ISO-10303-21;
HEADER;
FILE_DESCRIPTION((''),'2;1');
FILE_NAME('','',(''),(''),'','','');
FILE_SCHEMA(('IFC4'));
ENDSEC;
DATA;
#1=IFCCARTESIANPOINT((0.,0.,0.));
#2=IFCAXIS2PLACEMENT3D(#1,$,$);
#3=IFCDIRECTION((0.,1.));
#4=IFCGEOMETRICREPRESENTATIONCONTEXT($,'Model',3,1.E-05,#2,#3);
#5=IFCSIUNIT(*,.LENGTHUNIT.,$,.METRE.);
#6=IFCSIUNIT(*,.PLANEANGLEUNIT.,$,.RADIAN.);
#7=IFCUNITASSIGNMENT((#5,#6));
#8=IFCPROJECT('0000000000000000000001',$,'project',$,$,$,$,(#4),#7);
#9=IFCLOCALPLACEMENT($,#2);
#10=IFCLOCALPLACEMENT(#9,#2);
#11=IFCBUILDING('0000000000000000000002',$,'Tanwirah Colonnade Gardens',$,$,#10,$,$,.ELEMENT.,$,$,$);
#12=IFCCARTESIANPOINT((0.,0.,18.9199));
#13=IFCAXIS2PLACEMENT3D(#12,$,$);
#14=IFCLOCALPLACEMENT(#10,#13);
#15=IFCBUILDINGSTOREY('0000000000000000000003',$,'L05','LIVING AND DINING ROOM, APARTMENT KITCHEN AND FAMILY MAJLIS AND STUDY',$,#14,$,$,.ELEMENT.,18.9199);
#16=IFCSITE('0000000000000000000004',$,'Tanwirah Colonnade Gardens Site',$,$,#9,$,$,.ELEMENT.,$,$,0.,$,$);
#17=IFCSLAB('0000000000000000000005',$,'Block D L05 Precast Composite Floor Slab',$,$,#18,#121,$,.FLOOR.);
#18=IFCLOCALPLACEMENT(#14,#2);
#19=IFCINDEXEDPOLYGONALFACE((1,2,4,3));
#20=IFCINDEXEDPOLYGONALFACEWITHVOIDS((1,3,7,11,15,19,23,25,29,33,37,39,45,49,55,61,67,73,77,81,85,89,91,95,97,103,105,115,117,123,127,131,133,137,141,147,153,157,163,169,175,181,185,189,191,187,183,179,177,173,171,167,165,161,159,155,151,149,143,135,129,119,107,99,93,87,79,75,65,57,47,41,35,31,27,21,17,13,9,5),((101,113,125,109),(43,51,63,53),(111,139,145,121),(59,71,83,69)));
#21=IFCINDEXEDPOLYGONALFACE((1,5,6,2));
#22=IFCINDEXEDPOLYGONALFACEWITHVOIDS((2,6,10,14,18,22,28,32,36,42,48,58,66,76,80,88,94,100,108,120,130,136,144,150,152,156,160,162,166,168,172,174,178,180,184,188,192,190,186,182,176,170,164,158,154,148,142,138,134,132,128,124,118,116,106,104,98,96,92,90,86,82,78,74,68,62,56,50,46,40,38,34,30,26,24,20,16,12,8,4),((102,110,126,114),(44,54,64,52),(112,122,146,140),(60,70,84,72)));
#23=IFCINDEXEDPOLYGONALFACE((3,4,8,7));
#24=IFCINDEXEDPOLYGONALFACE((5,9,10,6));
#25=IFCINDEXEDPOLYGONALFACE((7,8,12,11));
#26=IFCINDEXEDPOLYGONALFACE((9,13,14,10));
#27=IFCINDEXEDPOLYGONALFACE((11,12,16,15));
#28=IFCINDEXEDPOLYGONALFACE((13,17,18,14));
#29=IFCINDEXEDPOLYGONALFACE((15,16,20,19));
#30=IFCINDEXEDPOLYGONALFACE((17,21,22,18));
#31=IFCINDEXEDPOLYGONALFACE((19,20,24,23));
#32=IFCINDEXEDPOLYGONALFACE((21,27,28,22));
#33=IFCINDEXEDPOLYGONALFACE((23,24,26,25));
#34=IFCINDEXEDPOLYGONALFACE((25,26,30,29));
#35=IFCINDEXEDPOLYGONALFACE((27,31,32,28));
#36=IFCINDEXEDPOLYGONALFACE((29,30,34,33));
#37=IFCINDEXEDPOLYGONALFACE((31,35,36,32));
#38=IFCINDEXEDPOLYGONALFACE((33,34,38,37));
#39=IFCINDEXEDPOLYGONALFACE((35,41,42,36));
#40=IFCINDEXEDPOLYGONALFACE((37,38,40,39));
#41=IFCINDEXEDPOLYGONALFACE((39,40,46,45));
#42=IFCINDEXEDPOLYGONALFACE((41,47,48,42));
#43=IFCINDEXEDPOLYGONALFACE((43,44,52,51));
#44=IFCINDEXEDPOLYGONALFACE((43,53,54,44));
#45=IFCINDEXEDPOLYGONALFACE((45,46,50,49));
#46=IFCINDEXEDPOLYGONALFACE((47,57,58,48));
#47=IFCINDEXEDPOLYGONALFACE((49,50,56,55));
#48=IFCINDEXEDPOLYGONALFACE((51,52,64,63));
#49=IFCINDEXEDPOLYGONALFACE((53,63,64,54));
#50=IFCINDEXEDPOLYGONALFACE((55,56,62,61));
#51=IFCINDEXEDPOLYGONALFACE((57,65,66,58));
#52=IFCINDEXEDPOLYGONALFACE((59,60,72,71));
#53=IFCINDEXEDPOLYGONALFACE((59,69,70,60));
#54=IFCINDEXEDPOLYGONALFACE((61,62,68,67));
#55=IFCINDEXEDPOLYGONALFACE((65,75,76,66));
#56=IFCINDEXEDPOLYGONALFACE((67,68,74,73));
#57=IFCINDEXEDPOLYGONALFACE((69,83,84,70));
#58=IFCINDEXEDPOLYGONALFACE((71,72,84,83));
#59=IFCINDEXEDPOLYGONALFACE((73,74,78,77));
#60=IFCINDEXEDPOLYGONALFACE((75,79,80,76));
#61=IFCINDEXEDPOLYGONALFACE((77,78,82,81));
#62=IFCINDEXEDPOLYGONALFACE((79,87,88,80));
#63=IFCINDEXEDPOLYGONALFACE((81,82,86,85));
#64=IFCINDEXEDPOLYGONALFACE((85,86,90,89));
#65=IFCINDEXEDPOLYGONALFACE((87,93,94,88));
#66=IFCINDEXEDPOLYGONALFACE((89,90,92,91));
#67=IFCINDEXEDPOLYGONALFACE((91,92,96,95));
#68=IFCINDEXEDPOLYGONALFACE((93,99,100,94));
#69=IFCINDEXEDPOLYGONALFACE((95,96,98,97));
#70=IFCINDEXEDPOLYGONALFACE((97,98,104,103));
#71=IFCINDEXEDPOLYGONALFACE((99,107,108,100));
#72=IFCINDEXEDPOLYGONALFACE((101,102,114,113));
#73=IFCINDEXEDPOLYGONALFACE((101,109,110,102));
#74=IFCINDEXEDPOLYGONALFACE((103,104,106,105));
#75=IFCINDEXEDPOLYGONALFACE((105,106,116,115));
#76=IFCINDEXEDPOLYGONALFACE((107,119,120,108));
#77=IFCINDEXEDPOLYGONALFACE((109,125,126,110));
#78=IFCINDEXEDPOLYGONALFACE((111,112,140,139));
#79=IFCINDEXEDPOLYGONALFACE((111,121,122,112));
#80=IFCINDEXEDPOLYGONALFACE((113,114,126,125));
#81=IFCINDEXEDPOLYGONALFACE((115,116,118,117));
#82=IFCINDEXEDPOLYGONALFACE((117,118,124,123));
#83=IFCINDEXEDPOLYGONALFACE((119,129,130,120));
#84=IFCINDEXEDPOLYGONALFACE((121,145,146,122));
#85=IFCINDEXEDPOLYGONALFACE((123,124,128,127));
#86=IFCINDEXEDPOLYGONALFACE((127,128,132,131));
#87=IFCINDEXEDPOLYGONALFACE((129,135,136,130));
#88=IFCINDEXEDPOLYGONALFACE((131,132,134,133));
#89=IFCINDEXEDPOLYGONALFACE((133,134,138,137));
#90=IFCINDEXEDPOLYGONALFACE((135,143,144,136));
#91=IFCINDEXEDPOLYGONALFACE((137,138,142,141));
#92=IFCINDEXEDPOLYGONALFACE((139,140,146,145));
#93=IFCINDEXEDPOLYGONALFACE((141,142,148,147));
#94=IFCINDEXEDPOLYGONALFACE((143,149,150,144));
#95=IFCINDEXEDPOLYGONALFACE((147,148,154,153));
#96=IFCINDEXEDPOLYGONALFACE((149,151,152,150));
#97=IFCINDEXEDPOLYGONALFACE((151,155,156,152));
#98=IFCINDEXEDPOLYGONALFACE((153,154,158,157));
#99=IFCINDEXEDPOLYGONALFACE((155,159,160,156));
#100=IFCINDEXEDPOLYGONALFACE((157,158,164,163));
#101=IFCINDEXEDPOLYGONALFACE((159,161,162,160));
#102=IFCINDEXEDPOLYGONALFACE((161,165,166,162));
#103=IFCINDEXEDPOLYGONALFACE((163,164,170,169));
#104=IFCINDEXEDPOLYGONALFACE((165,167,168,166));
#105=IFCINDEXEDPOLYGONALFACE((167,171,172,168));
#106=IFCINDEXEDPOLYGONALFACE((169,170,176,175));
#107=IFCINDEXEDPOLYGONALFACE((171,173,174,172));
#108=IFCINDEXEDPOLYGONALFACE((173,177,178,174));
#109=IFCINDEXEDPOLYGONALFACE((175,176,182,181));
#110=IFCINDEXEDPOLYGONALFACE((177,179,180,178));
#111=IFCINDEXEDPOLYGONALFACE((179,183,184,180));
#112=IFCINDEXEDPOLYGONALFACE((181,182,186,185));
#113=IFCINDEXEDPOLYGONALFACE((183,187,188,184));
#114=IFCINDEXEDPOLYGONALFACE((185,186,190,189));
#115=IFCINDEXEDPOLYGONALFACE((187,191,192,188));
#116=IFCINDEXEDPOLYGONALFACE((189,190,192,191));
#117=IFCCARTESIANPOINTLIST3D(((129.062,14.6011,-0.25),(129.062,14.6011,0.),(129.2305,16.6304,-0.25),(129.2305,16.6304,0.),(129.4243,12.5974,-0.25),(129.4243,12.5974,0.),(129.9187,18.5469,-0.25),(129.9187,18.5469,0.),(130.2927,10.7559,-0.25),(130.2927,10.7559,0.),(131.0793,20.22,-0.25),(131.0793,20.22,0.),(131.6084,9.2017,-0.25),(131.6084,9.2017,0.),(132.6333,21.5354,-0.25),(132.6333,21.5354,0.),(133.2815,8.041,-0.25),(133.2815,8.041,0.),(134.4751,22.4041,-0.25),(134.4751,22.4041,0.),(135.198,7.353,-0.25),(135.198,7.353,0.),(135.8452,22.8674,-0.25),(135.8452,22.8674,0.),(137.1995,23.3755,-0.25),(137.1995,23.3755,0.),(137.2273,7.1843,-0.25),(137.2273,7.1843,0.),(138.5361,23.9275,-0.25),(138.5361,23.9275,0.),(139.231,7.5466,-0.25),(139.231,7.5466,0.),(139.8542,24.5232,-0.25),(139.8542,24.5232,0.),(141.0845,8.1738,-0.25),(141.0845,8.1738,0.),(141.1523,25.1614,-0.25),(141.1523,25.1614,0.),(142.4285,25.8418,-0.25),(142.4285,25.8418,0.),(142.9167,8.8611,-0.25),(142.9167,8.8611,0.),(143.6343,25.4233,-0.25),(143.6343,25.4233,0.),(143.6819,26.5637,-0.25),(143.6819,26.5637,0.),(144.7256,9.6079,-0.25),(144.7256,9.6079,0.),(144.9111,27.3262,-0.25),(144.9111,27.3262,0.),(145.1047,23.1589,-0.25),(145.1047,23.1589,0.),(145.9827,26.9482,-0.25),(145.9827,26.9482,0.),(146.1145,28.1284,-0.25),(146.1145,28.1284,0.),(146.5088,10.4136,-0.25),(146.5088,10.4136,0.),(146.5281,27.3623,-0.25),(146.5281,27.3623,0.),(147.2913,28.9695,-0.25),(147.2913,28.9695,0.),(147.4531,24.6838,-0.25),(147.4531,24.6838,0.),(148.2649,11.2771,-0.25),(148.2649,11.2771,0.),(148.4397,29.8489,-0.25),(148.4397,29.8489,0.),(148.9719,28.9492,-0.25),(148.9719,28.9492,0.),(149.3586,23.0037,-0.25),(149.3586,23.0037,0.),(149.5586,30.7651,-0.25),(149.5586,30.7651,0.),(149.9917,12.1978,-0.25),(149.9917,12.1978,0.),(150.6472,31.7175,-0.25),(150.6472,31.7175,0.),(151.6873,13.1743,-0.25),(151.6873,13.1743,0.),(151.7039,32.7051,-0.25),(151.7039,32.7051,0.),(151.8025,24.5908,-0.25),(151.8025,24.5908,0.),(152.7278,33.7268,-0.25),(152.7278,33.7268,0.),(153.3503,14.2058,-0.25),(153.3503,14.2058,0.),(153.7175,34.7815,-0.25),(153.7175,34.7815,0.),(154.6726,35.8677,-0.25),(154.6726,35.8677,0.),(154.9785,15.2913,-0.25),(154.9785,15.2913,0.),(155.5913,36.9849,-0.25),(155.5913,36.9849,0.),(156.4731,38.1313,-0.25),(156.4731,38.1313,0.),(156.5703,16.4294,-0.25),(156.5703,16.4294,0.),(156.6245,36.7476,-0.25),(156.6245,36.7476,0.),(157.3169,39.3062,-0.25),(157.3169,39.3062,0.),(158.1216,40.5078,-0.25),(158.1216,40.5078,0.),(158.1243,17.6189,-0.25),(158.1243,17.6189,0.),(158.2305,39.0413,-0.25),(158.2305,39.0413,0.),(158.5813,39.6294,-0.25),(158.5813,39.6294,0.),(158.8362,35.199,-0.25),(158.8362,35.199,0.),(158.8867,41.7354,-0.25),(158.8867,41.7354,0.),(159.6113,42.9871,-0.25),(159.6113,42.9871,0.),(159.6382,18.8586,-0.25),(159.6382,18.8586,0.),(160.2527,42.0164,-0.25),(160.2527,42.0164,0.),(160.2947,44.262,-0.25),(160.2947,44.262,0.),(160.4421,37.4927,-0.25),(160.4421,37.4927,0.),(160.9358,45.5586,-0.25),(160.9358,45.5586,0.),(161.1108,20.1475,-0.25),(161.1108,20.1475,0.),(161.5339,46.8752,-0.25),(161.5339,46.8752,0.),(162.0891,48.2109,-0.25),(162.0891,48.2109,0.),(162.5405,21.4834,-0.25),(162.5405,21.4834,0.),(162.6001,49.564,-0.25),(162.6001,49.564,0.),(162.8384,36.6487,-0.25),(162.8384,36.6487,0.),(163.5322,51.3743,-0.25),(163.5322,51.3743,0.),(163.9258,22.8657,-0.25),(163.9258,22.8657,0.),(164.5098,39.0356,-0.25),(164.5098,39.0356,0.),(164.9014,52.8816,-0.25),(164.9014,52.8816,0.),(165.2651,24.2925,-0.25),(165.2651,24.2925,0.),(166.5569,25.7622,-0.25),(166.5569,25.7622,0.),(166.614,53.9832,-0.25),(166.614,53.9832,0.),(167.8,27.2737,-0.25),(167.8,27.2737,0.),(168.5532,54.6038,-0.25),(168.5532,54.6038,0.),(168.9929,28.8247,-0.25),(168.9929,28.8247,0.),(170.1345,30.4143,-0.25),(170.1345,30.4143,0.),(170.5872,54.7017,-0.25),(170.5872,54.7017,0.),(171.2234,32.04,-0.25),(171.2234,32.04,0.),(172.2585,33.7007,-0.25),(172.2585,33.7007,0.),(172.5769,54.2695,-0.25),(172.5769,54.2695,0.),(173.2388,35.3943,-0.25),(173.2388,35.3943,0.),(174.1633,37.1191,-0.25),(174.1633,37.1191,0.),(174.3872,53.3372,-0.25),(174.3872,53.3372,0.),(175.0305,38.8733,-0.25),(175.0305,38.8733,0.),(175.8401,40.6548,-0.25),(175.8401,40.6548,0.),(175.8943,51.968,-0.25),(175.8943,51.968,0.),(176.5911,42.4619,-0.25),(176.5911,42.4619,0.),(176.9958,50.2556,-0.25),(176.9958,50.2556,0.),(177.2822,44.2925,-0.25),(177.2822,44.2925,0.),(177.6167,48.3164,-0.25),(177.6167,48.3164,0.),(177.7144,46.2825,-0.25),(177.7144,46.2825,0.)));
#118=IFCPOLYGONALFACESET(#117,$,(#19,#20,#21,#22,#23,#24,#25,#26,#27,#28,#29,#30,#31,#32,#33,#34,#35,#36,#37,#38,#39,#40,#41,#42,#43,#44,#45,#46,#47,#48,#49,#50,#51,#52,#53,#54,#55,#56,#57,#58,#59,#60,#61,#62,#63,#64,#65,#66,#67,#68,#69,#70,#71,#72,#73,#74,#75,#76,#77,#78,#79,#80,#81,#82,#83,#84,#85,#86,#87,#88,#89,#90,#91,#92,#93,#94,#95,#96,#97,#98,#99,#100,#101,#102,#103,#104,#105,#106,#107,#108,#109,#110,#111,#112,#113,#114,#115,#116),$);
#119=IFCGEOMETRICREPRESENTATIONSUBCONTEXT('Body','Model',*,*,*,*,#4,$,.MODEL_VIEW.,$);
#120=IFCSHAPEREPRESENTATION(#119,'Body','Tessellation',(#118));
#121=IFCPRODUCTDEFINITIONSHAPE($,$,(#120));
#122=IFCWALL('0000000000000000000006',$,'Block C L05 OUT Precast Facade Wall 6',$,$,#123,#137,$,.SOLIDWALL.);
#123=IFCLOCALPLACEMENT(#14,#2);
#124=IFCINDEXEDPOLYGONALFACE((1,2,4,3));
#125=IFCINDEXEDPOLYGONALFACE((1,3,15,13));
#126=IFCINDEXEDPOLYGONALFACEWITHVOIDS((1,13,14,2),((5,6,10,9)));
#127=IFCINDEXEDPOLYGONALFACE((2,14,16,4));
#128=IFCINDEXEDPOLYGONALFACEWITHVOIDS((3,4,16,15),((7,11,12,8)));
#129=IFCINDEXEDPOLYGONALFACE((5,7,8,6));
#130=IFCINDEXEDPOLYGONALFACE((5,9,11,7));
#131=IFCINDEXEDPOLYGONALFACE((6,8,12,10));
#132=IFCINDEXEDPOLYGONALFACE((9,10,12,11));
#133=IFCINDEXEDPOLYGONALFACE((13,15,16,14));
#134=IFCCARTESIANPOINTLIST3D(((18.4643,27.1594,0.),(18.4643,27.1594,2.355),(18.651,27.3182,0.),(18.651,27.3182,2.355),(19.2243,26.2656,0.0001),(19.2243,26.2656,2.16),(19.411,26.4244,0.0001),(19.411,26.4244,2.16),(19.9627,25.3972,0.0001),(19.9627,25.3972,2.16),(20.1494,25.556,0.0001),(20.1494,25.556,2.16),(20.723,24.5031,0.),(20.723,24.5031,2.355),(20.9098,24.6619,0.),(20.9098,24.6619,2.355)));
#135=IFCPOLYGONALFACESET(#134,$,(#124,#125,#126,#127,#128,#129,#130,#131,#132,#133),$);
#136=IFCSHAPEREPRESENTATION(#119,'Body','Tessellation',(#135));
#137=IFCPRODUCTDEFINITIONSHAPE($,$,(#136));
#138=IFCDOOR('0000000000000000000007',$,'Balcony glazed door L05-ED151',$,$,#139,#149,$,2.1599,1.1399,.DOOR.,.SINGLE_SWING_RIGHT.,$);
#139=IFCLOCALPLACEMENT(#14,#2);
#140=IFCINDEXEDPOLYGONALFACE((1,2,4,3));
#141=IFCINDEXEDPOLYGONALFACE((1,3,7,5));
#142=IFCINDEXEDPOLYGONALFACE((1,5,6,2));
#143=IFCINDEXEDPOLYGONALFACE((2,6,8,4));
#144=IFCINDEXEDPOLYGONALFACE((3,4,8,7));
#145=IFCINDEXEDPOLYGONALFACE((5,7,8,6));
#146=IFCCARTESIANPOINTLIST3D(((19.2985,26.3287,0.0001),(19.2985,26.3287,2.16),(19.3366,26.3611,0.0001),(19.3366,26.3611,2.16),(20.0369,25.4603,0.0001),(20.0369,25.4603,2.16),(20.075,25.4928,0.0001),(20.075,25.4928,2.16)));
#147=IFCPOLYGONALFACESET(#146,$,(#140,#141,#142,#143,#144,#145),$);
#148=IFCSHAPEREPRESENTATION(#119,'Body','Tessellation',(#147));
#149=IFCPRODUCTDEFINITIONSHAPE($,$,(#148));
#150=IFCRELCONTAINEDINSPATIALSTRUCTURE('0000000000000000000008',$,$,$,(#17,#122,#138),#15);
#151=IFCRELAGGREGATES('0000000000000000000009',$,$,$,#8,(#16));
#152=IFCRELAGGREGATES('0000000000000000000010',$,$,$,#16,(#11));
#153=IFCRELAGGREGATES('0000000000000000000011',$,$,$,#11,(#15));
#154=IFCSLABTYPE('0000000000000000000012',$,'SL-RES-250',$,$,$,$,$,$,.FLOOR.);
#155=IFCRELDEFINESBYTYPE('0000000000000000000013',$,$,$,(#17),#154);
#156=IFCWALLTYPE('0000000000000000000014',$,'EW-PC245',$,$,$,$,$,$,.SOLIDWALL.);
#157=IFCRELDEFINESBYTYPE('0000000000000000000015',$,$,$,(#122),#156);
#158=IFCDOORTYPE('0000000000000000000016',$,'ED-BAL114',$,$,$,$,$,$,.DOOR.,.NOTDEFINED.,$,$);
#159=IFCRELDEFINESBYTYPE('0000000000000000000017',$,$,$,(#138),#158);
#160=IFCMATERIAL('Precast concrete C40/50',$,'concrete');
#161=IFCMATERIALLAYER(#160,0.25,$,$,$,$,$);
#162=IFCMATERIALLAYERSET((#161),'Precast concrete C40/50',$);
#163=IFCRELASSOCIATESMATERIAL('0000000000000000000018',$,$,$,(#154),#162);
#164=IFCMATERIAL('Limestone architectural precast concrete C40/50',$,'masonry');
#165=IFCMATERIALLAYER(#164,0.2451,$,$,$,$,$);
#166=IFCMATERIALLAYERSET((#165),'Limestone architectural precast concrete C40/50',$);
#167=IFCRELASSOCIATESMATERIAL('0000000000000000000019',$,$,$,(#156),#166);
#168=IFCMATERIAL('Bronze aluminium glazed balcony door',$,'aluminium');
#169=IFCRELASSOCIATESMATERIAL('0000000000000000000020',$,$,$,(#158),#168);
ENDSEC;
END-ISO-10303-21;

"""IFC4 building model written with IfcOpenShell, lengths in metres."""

from ifc_helpers import new_model, si_unit, direction, frame, frame_2d, origin, place, context, subcontext, project, spatial, polyline, rectangle, outline, extrude, material, layer, layer_set, type_object, element, fill, save


model = new_model("IFC4")

# Units and contexts
model_context = context("Model", 3, precision=1e-05, world=origin(), true_north=direction((0.0, 1.0)))
body_context = subcontext(model_context, "Body", "Model", "MODEL_VIEW")
ifc_project = project(units=[si_unit("LENGTHUNIT", "METRE"), si_unit("PLANEANGLEUNIT", "RADIAN")], contexts=[model_context])

# Site, building, storey
site_placement = place(None, origin())
site = spatial("IfcSite", under=ifc_project, at=site_placement, Name="Tanwirah Colonnade Gardens Site", CompositionType="ELEMENT", RefElevation=0.0)
building_placement = place(site_placement, origin())
building = spatial("IfcBuilding", under=site, at=building_placement, Name="Tanwirah Colonnade Gardens", CompositionType="ELEMENT")
storey_placement = place(building_placement, frame((0.0, 0.0, 18.9199)))
storey = spatial("IfcBuildingStorey", under=building, at=storey_placement, Name="L05", Description="LIVING AND DINING ROOM, APARTMENT KITCHEN AND FAMILY MAJLIS AND STUDY", CompositionType="ELEMENT", Elevation=18.9199)

# Shared definitions
ifc_material_1 = material(Name="Precast concrete C40/50", Category="concrete")

# Slab
ifc_layer_1 = layer(ifc_material_1, 0.25)
ifc_layer_set_1 = layer_set([ifc_layer_1], Name="Precast concrete C40/50")
slab_type_1 = type_object("IfcSlabType", Name="SL-RES-250", PredefinedType="FLOOR", material=ifc_layer_set_1)
slab_1_placement = place(storey_placement, frame((0.0, 0.0, -0.25)))
element("IfcSlab", 1, at=slab_1_placement, inside=storey, type_object=slab_type_1, Name="Block D L05 Precast Composite Floor Slab", PredefinedType="FLOOR", context=body_context, shape_type="SweptSolid", body=[
    extrude(outline(polyline([(137.1995, 23.3755), (135.8452, 22.8674), (134.4751, 22.4041), (132.6333, 21.5354), (131.0793, 20.22), (129.9187, 18.5469), (129.2305, 16.6304), (129.062, 14.6011), (129.4243, 12.5974), (130.2927, 10.7559), (131.6084, 9.2017), (133.2815, 8.041), (135.198, 7.353), (137.2273, 7.1843), (139.231, 7.5466), (141.0845, 8.1738), (142.9167, 8.8611), (144.7256, 9.6079), (146.5088, 10.4136), (148.2649, 11.2771), (149.9917, 12.1978), (151.6873, 13.1743), (153.3503, 14.2058), (154.9785, 15.2913), (156.5703, 16.4294), (158.1243, 17.6189), (159.6382, 18.8586), (161.1108, 20.1475), (162.5405, 21.4834), (163.9258, 22.8657), (165.2651, 24.2925), (166.5569, 25.7622), (167.8, 27.2737), (168.9929, 28.8247), (170.1345, 30.4143), (171.2234, 32.04), (172.2585, 33.7007), (173.2388, 35.3943), (174.1633, 37.1191), (175.0305, 38.8733), (175.8401, 40.6548), (176.5911, 42.4619), (177.2822, 44.2925), (177.7144, 46.2825), (177.6167, 48.3164), (176.9958, 50.2556), (175.8943, 51.968), (174.3872, 53.3372), (172.5769, 54.2695), (170.5872, 54.7017), (168.5532, 54.6038), (166.614, 53.9832), (164.9014, 52.8816), (163.5322, 51.3743), (162.6001, 49.564), (162.0891, 48.2109), (161.5339, 46.8752), (160.9358, 45.5586), (160.2947, 44.262), (159.6113, 42.9871), (158.8867, 41.7354), (158.1216, 40.5078), (157.3169, 39.3062), (156.4731, 38.1313), (155.5913, 36.9849), (154.6726, 35.8677), (153.7175, 34.7815), (152.7278, 33.7268), (151.7039, 32.7051), (150.6472, 31.7175), (149.5586, 30.7651), (148.4397, 29.8489), (147.2913, 28.9695), (146.1145, 28.1284), (144.9111, 27.3262), (143.6819, 26.5637), (142.4285, 25.8418), (141.1523, 25.1614), (139.8542, 24.5232), (138.5361, 23.9275), (137.1995, 23.3755)]), holes=[polyline([(149.3586, 23.0037), (146.5281, 27.3623), (148.9719, 28.9492), (151.8025, 24.5908), (149.3586, 23.0037)]), polyline([(143.6343, 25.4233), (145.9827, 26.9482), (147.4531, 24.6838), (145.1047, 23.1589), (143.6343, 25.4233)]), polyline([(160.2527, 42.0164), (164.5098, 39.0356), (162.8384, 36.6487), (158.5813, 39.6294), (160.2527, 42.0164)]), polyline([(160.4421, 37.4927), (158.8362, 35.199), (156.6245, 36.7476), (158.2305, 39.0413), (160.4421, 37.4927)])]), origin(), (0.0, 0.0, 1.0), 0.25),
])

# Wall, opening, door
ifc_material_2 = material(Name="Limestone architectural precast concrete C40/50", Category="masonry")
ifc_layer_2 = layer(ifc_material_2, 0.2451)
ifc_layer_set_2 = layer_set([ifc_layer_2], Name="Limestone architectural precast concrete C40/50")
wall_type = type_object("IfcWallType", Name="EW-PC245", PredefinedType="SOLIDWALL", material=ifc_layer_set_2)
wall_1_placement = place(storey_placement, frame((18.5576, 27.2388, 0.0), z_axis=(0.0, 0.0, 1.0), x_axis=(0.647811, -0.761801, 0.0)))
wall_1 = element("IfcWall", 2, at=wall_1_placement, inside=storey, type_object=wall_type, Name="Block C L05 OUT Precast Facade Wall 6", PredefinedType="SOLIDWALL", context=body_context, shape_type="SweptSolid", body=[
    extrude(rectangle(XDim=3.4868, YDim=0.2451, at=frame_2d((1.7434, 0.0))), origin(), (0.0, 0.0, 1.0), 2.355),
])
opening_1_placement = place(wall_1_placement, frame((1.1733, 0.0, 0.0)))
opening_1 = element("IfcOpeningElement", 3, at=opening_1_placement, cuts=wall_1, PredefinedType="OPENING", context=body_context, shape_type="SweptSolid", body=[
    extrude(rectangle(XDim=1.1399, YDim=2.1599, at=frame_2d((0.5698, 1.0801))), frame((0.0, 0.1326, 0.0), z_axis=(0.0, -1.0, 0.0), x_axis=(1.0, 0.0, 0.0)), (0.0, 0.0, 1.0), 0.2651),
])
ifc_material_3 = material(Name="Bronze aluminium glazed balcony door", Category="aluminium")
door_type = type_object("IfcDoorType", Name="ED-BAL114", OperationType="NOTDEFINED", PredefinedType="DOOR", material=ifc_material_3)
door_placement = place(opening_1_placement, origin())
door = element("IfcDoor", 4, at=door_placement, inside=storey, type_object=door_type, Name="Balcony glazed door L05-ED151", OperationType="SINGLE_SWING_RIGHT", OverallHeight=2.1599, OverallWidth=1.1399, PredefinedType="DOOR", context=body_context, shape_type="SweptSolid", body=[
    extrude(rectangle(XDim=1.1399, YDim=2.1599, at=frame_2d((0.5698, 1.0801))), frame((0.0, 0.0249, 0.0), z_axis=(0.0, -1.0, 0.0), x_axis=(1.0, 0.0, 0.0)), (0.0, 0.0, 1.0), 0.05),
])
fill(opening_1, door)

save(model, "model.ifc")
